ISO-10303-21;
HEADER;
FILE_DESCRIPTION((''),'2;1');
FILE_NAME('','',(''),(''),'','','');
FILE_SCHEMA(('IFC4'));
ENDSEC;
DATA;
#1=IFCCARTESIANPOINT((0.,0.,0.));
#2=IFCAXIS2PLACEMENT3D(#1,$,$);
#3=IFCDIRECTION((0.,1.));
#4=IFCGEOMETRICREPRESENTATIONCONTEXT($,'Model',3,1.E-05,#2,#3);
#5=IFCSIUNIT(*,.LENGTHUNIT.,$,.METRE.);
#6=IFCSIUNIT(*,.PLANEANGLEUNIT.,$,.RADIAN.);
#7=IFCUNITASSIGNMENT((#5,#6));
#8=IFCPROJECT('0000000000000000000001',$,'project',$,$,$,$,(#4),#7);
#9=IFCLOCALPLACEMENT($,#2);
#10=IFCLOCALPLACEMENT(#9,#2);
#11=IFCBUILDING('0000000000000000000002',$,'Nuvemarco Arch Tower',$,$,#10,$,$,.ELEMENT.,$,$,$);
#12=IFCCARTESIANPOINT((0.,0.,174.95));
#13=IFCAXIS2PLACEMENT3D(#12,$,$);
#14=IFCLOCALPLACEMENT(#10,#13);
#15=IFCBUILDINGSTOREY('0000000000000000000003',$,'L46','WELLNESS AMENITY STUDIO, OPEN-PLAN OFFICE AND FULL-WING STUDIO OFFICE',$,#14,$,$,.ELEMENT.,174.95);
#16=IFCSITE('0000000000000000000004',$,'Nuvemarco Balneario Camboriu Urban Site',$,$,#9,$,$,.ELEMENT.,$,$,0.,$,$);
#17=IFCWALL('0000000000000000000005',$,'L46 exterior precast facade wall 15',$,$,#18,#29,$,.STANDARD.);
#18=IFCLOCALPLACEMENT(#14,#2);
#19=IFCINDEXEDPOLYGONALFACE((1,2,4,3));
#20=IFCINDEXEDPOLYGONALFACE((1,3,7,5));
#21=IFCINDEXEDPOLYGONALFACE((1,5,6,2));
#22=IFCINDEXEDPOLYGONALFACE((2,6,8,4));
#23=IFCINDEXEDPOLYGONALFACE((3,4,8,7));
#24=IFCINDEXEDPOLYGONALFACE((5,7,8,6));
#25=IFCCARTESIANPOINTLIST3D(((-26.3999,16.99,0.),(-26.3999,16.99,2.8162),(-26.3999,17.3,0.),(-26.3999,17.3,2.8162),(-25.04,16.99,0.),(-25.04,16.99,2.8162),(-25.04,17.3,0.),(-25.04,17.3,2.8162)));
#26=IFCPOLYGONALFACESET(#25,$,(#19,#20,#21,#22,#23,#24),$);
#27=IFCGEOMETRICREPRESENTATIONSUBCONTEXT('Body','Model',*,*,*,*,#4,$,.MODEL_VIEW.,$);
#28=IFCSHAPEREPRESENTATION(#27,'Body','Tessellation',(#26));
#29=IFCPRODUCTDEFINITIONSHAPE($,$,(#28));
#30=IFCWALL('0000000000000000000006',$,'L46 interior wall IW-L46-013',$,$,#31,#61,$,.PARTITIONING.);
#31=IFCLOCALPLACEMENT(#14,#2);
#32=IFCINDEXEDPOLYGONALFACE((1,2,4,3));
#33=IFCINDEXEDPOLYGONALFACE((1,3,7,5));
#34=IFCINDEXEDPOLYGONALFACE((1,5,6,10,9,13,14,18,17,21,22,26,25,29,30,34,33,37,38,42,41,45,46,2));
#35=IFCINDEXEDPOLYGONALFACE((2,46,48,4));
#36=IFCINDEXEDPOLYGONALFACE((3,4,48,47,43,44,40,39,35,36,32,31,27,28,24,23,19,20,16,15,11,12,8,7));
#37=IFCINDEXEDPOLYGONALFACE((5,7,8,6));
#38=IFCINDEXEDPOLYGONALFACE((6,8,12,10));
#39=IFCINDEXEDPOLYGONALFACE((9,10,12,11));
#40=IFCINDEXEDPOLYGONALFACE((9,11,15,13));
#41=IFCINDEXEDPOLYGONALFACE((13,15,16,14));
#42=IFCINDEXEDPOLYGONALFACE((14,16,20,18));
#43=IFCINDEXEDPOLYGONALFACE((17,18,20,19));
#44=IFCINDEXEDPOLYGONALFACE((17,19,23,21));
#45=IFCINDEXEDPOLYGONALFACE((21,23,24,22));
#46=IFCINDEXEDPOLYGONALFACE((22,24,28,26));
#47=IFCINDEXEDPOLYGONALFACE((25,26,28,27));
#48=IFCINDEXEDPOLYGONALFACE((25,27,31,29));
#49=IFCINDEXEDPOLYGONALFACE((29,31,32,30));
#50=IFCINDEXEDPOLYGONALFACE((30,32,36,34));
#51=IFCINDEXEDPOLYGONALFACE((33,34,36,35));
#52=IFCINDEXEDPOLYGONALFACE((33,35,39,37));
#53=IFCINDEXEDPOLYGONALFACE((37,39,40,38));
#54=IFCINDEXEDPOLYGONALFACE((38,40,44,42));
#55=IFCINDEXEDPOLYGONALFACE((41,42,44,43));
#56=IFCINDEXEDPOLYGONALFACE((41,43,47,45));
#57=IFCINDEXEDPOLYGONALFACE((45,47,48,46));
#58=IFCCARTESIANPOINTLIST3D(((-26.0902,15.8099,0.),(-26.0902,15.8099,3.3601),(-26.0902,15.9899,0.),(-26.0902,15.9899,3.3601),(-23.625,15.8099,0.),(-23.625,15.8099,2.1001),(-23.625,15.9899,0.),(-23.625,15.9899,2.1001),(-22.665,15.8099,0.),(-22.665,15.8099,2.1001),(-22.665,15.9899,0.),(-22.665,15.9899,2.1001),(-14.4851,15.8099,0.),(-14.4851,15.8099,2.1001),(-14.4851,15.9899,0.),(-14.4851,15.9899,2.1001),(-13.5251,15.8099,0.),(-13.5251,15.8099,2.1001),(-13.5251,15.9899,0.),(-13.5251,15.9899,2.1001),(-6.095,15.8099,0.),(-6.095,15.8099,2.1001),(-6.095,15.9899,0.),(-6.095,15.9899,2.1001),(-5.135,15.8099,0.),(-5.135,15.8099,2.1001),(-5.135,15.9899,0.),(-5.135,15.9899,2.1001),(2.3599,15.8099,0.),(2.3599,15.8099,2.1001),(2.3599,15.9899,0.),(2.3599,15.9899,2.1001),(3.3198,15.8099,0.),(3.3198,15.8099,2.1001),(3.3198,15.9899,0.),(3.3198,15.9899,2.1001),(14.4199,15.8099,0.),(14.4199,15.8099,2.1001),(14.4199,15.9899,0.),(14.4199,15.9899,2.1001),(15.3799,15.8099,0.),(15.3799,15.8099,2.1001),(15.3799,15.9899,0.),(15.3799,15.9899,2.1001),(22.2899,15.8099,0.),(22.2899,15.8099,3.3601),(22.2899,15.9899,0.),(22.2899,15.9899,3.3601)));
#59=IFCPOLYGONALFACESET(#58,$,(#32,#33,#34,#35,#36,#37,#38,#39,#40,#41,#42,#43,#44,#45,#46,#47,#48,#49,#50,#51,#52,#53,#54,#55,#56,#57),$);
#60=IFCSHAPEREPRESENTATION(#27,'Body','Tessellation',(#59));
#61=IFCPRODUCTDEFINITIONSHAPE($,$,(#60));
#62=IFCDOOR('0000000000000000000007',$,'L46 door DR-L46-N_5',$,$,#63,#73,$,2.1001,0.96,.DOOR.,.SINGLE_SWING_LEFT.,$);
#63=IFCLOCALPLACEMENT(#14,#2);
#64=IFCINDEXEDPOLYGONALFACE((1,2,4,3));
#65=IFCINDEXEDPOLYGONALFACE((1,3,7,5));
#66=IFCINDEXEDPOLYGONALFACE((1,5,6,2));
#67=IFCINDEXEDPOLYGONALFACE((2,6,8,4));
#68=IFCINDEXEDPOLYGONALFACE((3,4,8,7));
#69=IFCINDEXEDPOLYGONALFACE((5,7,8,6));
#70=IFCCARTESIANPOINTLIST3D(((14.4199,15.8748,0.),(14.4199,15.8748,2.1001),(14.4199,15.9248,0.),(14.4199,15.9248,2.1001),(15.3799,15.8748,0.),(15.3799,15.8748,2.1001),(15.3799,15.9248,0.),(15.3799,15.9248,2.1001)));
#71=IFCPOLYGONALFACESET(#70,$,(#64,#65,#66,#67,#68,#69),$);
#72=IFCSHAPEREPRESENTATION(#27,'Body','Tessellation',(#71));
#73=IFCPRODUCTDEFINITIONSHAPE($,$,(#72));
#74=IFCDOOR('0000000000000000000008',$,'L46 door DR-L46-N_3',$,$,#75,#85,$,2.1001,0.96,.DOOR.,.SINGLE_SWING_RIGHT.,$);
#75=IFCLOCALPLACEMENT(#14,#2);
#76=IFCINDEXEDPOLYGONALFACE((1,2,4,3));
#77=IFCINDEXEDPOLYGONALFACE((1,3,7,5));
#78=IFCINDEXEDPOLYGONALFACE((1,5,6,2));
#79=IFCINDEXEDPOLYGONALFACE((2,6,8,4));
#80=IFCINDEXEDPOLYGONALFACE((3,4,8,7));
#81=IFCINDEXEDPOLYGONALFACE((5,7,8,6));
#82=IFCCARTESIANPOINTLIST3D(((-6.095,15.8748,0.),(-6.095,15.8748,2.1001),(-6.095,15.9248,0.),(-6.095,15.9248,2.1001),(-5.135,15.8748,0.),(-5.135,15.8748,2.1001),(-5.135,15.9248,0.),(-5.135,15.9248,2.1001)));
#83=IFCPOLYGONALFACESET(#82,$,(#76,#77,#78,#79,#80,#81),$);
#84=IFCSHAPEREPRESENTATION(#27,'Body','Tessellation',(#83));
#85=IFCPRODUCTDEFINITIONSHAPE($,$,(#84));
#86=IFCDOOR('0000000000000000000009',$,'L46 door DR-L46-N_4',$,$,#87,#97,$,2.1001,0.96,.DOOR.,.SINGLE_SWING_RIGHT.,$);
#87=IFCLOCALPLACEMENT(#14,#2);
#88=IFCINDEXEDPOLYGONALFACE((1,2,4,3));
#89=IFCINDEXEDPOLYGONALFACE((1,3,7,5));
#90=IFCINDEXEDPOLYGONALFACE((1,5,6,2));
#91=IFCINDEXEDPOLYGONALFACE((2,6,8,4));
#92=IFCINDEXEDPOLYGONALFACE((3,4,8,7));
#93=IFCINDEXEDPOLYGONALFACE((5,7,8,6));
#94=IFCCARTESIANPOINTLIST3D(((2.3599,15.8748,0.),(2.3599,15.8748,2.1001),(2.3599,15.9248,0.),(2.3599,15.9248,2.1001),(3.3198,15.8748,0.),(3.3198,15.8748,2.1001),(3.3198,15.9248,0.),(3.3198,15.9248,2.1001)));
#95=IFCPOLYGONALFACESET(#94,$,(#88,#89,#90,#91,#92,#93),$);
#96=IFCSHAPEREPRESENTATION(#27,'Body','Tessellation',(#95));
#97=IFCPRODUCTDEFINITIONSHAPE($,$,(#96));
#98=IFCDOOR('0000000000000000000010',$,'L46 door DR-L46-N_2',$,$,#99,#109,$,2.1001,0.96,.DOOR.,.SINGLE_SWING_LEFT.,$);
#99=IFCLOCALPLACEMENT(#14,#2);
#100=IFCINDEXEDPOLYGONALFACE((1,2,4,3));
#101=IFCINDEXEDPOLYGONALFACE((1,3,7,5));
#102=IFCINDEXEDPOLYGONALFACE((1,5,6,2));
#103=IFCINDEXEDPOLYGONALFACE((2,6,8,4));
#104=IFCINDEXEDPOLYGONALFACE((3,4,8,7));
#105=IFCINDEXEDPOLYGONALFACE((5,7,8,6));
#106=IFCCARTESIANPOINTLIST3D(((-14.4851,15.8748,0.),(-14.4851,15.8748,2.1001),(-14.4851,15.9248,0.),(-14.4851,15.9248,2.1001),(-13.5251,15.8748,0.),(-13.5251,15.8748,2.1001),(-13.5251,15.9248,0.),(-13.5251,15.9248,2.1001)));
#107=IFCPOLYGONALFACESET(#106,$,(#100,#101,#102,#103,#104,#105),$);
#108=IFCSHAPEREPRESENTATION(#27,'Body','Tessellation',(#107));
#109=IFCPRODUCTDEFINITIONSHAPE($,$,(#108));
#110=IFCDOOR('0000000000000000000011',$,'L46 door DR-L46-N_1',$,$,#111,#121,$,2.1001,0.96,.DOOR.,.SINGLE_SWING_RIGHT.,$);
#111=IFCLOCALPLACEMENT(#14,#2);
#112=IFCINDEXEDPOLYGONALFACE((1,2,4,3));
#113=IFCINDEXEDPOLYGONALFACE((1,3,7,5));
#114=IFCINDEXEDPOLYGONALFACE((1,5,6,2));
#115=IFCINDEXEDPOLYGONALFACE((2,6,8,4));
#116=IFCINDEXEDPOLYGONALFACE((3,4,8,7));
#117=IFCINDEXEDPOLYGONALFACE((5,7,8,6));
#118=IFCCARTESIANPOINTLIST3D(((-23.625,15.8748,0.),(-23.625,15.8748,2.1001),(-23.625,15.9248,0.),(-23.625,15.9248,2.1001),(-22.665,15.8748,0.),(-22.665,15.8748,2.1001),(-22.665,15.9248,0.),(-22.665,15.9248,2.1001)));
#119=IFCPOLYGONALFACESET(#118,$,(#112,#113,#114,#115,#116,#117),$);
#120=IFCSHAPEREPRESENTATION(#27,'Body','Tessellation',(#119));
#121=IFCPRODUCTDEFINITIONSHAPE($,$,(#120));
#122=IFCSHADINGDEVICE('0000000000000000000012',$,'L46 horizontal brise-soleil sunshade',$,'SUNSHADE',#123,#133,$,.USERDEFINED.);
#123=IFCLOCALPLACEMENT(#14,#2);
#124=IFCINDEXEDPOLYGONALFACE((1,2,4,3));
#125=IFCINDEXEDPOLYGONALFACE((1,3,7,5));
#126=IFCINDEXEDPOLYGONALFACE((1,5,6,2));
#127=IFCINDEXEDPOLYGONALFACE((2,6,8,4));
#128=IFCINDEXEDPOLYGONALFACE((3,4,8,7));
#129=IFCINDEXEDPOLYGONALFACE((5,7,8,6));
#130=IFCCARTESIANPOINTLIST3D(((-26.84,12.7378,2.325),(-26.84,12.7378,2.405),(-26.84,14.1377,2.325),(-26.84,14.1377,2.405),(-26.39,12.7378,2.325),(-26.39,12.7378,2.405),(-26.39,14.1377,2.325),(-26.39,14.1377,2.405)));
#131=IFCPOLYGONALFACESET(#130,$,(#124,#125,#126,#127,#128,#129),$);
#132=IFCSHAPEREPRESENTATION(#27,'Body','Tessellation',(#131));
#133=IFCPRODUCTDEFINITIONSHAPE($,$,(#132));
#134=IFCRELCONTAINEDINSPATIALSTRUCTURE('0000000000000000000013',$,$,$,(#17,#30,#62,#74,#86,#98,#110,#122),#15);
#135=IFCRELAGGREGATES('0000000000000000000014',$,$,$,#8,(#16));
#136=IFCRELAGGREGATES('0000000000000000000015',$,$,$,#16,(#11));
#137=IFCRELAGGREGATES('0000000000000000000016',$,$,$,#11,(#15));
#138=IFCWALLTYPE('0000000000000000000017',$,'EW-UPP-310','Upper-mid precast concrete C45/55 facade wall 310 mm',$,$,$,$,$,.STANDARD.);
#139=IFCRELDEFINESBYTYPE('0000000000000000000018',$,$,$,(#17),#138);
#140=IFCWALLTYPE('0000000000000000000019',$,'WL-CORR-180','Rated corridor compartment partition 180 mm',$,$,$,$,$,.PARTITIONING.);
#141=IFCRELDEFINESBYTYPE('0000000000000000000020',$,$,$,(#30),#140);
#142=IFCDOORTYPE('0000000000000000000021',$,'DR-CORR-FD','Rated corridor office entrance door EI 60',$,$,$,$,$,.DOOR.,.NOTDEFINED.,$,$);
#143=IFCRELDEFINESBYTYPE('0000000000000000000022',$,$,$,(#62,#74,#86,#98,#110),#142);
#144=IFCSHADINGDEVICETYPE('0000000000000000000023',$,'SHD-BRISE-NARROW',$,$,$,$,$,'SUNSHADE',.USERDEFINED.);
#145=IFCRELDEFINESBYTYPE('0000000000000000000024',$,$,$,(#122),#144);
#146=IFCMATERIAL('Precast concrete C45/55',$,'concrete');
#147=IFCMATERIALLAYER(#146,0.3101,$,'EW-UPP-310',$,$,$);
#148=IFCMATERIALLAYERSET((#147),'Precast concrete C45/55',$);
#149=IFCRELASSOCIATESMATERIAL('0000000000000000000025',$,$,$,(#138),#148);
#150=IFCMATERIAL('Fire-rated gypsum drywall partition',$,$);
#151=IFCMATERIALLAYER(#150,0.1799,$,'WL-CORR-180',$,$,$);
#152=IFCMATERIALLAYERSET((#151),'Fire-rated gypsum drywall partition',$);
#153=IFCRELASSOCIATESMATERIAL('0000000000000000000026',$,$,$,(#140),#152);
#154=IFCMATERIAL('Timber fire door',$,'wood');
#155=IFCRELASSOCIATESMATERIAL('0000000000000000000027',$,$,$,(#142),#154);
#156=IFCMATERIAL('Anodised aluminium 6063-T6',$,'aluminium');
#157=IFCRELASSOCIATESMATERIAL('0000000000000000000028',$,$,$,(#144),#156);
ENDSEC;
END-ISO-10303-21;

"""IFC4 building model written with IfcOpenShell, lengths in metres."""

from ifc_helpers import new_model, si_unit, direction, frame, frame_2d, origin, origin_2d, place, context, subcontext, project, spatial, rectangle, extrude, source, transform, mapped, material, layer, layer_set, type_object, type_shapes, element, fill, save


model = new_model("IFC4")

# Units and contexts
model_context = context("Model", 3, precision=1e-05, world=origin(), true_north=direction((0.0, 1.0)))
body_context = subcontext(model_context, "Body", "Model", "MODEL_VIEW")
ifc_project = project(units=[si_unit("LENGTHUNIT", "METRE"), si_unit("PLANEANGLEUNIT", "RADIAN")], contexts=[model_context])

# Site, building, storey
site_placement = place(None, origin())
site = spatial("IfcSite", under=ifc_project, at=site_placement, Name="Nuvemarco Balneario Camboriu Urban Site", CompositionType="ELEMENT", RefElevation=0.0)
building_placement = place(site_placement, origin())
building = spatial("IfcBuilding", under=site, at=building_placement, Name="Nuvemarco Arch Tower", CompositionType="ELEMENT")
storey_placement = place(building_placement, frame((0.0, 0.0, 174.95)))
storey = spatial("IfcBuildingStorey", under=building, at=storey_placement, Name="L46", Description="WELLNESS AMENITY STUDIO, OPEN-PLAN OFFICE AND FULL-WING STUDIO OFFICE", CompositionType="ELEMENT", Elevation=174.95)

# Shared definitions
ifc_material_1 = material(Name="Precast concrete C45/55", Category="concrete")
ifc_layer_1 = layer(ifc_material_1, 0.3101, Name="EW-UPP-310")
ifc_layer_set_1 = layer_set([ifc_layer_1], Name="Precast concrete C45/55")
wall_type_1 = type_object("IfcWallType", Name="EW-UPP-310", Description="Upper-mid precast concrete C45/55 facade wall 310 mm", PredefinedType="STANDARD", material=ifc_layer_set_1)

# Wall
wall_1_placement = place(storey_placement, frame((-26.3999, 17.145, 0.0), z_axis=(0.0, 0.0, 1.0), x_axis=(1.0, 0.0, 0.0)))
element("IfcWall", 1, at=wall_1_placement, inside=storey, type_object=wall_type_1, Name="L46 exterior precast facade wall 15", PredefinedType="STANDARD", context=body_context, shape_type="SweptSolid", body=[
    extrude(rectangle(XDim=1.3599, YDim=0.3101, at=frame_2d((0.6799, 0.0))), origin(), (0.0, 0.0, 1.0), 2.8162),
])

# Wall, openings, doors
ifc_material_2 = material(Name="Fire-rated gypsum drywall partition")
ifc_layer_2 = layer(ifc_material_2, 0.1799, Name="WL-CORR-180")
ifc_layer_set_2 = layer_set([ifc_layer_2], Name="Fire-rated gypsum drywall partition")
wall_type_2 = type_object("IfcWallType", Name="WL-CORR-180", Description="Rated corridor compartment partition 180 mm", PredefinedType="PARTITIONING", material=ifc_layer_set_2)
wall_2_placement = place(storey_placement, frame((-26.0901, 15.8999, 0.0), z_axis=(0.0, 0.0, 1.0), x_axis=(1.0, 0.0, 0.0)))
wall_2 = element("IfcWall", 2, at=wall_2_placement, inside=storey, type_object=wall_type_2, Name="L46 interior wall IW-L46-013", PredefinedType="PARTITIONING", context=body_context, shape_type="SweptSolid", body=[
    extrude(rectangle(XDim=48.3801, YDim=0.1799, at=frame_2d((24.1899, 0.0))), origin(), (0.0, 0.0, 1.0), 3.3601),
])
opening_1_placement = place(wall_2_placement, frame((40.51, 0.0, 0.0)))
opening_1 = element("IfcOpeningElement", 3, at=opening_1_placement, cuts=wall_2, PredefinedType="OPENING", context=body_context, shape_type="SweptSolid", body=[
    extrude(rectangle(XDim=0.96, YDim=2.1001, at=frame_2d((0.48, 1.05))), frame((0.0, 0.0999, 0.0), z_axis=(0.0, -1.0, 0.0), x_axis=(1.0, 0.0, 0.0)), (0.0, 0.0, 1.0), 0.2),
])
opening_2_placement = place(wall_2_placement, frame((19.9951, 0.0, 0.0)))
opening_2 = element("IfcOpeningElement", 4, at=opening_2_placement, cuts=wall_2, PredefinedType="OPENING", context=body_context, shape_type="SweptSolid", body=[
    extrude(rectangle(XDim=0.96, YDim=2.1001, at=frame_2d((0.48, 1.05))), frame((0.0, 0.0999, 0.0), z_axis=(0.0, -1.0, 0.0), x_axis=(1.0, 0.0, 0.0)), (0.0, 0.0, 1.0), 0.2),
])
opening_3_placement = place(wall_2_placement, frame((28.45, 0.0, 0.0)))
opening_3 = element("IfcOpeningElement", 5, at=opening_3_placement, cuts=wall_2, PredefinedType="OPENING", context=body_context, shape_type="SweptSolid", body=[
    extrude(rectangle(XDim=0.96, YDim=2.1001, at=frame_2d((0.48, 1.05))), frame((0.0, 0.0999, 0.0), z_axis=(0.0, -1.0, 0.0), x_axis=(1.0, 0.0, 0.0)), (0.0, 0.0, 1.0), 0.2),
])
opening_4_placement = place(wall_2_placement, frame((11.605, 0.0, 0.0)))
opening_4 = element("IfcOpeningElement", 6, at=opening_4_placement, cuts=wall_2, PredefinedType="OPENING", context=body_context, shape_type="SweptSolid", body=[
    extrude(rectangle(XDim=0.96, YDim=2.1001, at=frame_2d((0.48, 1.05))), frame((0.0, 0.0999, 0.0), z_axis=(0.0, -1.0, 0.0), x_axis=(1.0, 0.0, 0.0)), (0.0, 0.0, 1.0), 0.2),
])
opening_5_placement = place(wall_2_placement, frame((2.4651, 0.0, 0.0)))
opening_5 = element("IfcOpeningElement", 7, at=opening_5_placement, cuts=wall_2, PredefinedType="OPENING", context=body_context, shape_type="SweptSolid", body=[
    extrude(rectangle(XDim=0.96, YDim=2.1001, at=frame_2d((0.48, 1.05))), frame((0.0, 0.0999, 0.0), z_axis=(0.0, -1.0, 0.0), x_axis=(1.0, 0.0, 0.0)), (0.0, 0.0, 1.0), 0.2),
])
ifc_material_3 = material(Name="Timber fire door", Category="wood")
door_type = type_object("IfcDoorType", Name="DR-CORR-FD", Description="Rated corridor office entrance door EI 60", OperationType="NOTDEFINED", PredefinedType="DOOR", material=ifc_material_3)
shared_shape_1 = source(origin(), body_context, "Body", "SweptSolid", [
    extrude(rectangle(XDim=0.96, YDim=2.1001, at=frame_2d((0.48, 1.05))), frame((0.0, 0.0249, 0.0), z_axis=(0.0, -1.0, 0.0), x_axis=(1.0, 0.0, 0.0)), (0.0, 0.0, 1.0), 0.05),
])
type_shapes(door_type, [shared_shape_1])
door_1_placement = place(opening_1_placement, origin())
door_1 = element("IfcDoor", 8, at=door_1_placement, inside=storey, type_object=door_type, Name="L46 door DR-L46-N_5", OperationType="SINGLE_SWING_LEFT", OverallHeight=2.1001, OverallWidth=0.96, PredefinedType="DOOR", context=body_context, shape_type="MappedRepresentation", body=[
    mapped(shared_shape_1, transform((0.0, 0.0, 0.0), scale=1.0)),
])
fill(opening_1, door_1)
door_2_placement = place(opening_2_placement, origin())
door_2 = element("IfcDoor", 9, at=door_2_placement, inside=storey, type_object=door_type, Name="L46 door DR-L46-N_3", OperationType="SINGLE_SWING_RIGHT", OverallHeight=2.1001, OverallWidth=0.96, PredefinedType="DOOR", context=body_context, shape_type="MappedRepresentation", body=[
    mapped(shared_shape_1, transform((0.0, 0.0, 0.0), scale=1.0)),
])
fill(opening_2, door_2)
door_3_placement = place(opening_3_placement, origin())
door_3 = element("IfcDoor", 10, at=door_3_placement, inside=storey, type_object=door_type, Name="L46 door DR-L46-N_4", OperationType="SINGLE_SWING_RIGHT", OverallHeight=2.1001, OverallWidth=0.96, PredefinedType="DOOR", context=body_context, shape_type="MappedRepresentation", body=[
    mapped(shared_shape_1, transform((0.0, 0.0, 0.0), scale=1.0)),
])
fill(opening_3, door_3)
door_4_placement = place(opening_4_placement, origin())
door_4 = element("IfcDoor", 11, at=door_4_placement, inside=storey, type_object=door_type, Name="L46 door DR-L46-N_2", OperationType="SINGLE_SWING_LEFT", OverallHeight=2.1001, OverallWidth=0.96, PredefinedType="DOOR", context=body_context, shape_type="MappedRepresentation", body=[
    mapped(shared_shape_1, transform((0.0, 0.0, 0.0), scale=1.0)),
])
fill(opening_4, door_4)
door_5_placement = place(opening_5_placement, origin())
door_5 = element("IfcDoor", 12, at=door_5_placement, inside=storey, type_object=door_type, Name="L46 door DR-L46-N_1", OperationType="SINGLE_SWING_RIGHT", OverallHeight=2.1001, OverallWidth=0.96, PredefinedType="DOOR", context=body_context, shape_type="MappedRepresentation", body=[
    mapped(shared_shape_1, transform((0.0, 0.0, 0.0), scale=1.0)),
])
fill(opening_5, door_5)

# Shading device
ifc_material_4 = material(Name="Anodised aluminium 6063-T6", Category="aluminium")
shading_device_type = type_object("IfcShadingDeviceType", Name="SHD-BRISE-NARROW", ElementType="SUNSHADE", PredefinedType="USERDEFINED", material=ifc_material_4)
shared_shape_2 = source(origin(), body_context, "Body", "SweptSolid", [
    extrude(rectangle(XDim=1.3999, YDim=0.45, at=origin_2d()), origin(), (0.0, 0.0, 1.0), 0.0801),
])
type_shapes(shading_device_type, [shared_shape_2])
shading_device_placement = place(storey_placement, frame((-26.615, 13.4377, 2.325), z_axis=(0.0, 0.0, 1.0), x_axis=(0.0, 1.0, 0.0)))
element("IfcShadingDevice", 13, at=shading_device_placement, inside=storey, type_object=shading_device_type, Name="L46 horizontal brise-soleil sunshade", ObjectType="SUNSHADE", PredefinedType="USERDEFINED", context=body_context, shape_type="MappedRepresentation", body=[
    mapped(shared_shape_2, transform((0.0, 0.0, 0.0), scale=1.0)),
])

save(model, "model.ifc")
